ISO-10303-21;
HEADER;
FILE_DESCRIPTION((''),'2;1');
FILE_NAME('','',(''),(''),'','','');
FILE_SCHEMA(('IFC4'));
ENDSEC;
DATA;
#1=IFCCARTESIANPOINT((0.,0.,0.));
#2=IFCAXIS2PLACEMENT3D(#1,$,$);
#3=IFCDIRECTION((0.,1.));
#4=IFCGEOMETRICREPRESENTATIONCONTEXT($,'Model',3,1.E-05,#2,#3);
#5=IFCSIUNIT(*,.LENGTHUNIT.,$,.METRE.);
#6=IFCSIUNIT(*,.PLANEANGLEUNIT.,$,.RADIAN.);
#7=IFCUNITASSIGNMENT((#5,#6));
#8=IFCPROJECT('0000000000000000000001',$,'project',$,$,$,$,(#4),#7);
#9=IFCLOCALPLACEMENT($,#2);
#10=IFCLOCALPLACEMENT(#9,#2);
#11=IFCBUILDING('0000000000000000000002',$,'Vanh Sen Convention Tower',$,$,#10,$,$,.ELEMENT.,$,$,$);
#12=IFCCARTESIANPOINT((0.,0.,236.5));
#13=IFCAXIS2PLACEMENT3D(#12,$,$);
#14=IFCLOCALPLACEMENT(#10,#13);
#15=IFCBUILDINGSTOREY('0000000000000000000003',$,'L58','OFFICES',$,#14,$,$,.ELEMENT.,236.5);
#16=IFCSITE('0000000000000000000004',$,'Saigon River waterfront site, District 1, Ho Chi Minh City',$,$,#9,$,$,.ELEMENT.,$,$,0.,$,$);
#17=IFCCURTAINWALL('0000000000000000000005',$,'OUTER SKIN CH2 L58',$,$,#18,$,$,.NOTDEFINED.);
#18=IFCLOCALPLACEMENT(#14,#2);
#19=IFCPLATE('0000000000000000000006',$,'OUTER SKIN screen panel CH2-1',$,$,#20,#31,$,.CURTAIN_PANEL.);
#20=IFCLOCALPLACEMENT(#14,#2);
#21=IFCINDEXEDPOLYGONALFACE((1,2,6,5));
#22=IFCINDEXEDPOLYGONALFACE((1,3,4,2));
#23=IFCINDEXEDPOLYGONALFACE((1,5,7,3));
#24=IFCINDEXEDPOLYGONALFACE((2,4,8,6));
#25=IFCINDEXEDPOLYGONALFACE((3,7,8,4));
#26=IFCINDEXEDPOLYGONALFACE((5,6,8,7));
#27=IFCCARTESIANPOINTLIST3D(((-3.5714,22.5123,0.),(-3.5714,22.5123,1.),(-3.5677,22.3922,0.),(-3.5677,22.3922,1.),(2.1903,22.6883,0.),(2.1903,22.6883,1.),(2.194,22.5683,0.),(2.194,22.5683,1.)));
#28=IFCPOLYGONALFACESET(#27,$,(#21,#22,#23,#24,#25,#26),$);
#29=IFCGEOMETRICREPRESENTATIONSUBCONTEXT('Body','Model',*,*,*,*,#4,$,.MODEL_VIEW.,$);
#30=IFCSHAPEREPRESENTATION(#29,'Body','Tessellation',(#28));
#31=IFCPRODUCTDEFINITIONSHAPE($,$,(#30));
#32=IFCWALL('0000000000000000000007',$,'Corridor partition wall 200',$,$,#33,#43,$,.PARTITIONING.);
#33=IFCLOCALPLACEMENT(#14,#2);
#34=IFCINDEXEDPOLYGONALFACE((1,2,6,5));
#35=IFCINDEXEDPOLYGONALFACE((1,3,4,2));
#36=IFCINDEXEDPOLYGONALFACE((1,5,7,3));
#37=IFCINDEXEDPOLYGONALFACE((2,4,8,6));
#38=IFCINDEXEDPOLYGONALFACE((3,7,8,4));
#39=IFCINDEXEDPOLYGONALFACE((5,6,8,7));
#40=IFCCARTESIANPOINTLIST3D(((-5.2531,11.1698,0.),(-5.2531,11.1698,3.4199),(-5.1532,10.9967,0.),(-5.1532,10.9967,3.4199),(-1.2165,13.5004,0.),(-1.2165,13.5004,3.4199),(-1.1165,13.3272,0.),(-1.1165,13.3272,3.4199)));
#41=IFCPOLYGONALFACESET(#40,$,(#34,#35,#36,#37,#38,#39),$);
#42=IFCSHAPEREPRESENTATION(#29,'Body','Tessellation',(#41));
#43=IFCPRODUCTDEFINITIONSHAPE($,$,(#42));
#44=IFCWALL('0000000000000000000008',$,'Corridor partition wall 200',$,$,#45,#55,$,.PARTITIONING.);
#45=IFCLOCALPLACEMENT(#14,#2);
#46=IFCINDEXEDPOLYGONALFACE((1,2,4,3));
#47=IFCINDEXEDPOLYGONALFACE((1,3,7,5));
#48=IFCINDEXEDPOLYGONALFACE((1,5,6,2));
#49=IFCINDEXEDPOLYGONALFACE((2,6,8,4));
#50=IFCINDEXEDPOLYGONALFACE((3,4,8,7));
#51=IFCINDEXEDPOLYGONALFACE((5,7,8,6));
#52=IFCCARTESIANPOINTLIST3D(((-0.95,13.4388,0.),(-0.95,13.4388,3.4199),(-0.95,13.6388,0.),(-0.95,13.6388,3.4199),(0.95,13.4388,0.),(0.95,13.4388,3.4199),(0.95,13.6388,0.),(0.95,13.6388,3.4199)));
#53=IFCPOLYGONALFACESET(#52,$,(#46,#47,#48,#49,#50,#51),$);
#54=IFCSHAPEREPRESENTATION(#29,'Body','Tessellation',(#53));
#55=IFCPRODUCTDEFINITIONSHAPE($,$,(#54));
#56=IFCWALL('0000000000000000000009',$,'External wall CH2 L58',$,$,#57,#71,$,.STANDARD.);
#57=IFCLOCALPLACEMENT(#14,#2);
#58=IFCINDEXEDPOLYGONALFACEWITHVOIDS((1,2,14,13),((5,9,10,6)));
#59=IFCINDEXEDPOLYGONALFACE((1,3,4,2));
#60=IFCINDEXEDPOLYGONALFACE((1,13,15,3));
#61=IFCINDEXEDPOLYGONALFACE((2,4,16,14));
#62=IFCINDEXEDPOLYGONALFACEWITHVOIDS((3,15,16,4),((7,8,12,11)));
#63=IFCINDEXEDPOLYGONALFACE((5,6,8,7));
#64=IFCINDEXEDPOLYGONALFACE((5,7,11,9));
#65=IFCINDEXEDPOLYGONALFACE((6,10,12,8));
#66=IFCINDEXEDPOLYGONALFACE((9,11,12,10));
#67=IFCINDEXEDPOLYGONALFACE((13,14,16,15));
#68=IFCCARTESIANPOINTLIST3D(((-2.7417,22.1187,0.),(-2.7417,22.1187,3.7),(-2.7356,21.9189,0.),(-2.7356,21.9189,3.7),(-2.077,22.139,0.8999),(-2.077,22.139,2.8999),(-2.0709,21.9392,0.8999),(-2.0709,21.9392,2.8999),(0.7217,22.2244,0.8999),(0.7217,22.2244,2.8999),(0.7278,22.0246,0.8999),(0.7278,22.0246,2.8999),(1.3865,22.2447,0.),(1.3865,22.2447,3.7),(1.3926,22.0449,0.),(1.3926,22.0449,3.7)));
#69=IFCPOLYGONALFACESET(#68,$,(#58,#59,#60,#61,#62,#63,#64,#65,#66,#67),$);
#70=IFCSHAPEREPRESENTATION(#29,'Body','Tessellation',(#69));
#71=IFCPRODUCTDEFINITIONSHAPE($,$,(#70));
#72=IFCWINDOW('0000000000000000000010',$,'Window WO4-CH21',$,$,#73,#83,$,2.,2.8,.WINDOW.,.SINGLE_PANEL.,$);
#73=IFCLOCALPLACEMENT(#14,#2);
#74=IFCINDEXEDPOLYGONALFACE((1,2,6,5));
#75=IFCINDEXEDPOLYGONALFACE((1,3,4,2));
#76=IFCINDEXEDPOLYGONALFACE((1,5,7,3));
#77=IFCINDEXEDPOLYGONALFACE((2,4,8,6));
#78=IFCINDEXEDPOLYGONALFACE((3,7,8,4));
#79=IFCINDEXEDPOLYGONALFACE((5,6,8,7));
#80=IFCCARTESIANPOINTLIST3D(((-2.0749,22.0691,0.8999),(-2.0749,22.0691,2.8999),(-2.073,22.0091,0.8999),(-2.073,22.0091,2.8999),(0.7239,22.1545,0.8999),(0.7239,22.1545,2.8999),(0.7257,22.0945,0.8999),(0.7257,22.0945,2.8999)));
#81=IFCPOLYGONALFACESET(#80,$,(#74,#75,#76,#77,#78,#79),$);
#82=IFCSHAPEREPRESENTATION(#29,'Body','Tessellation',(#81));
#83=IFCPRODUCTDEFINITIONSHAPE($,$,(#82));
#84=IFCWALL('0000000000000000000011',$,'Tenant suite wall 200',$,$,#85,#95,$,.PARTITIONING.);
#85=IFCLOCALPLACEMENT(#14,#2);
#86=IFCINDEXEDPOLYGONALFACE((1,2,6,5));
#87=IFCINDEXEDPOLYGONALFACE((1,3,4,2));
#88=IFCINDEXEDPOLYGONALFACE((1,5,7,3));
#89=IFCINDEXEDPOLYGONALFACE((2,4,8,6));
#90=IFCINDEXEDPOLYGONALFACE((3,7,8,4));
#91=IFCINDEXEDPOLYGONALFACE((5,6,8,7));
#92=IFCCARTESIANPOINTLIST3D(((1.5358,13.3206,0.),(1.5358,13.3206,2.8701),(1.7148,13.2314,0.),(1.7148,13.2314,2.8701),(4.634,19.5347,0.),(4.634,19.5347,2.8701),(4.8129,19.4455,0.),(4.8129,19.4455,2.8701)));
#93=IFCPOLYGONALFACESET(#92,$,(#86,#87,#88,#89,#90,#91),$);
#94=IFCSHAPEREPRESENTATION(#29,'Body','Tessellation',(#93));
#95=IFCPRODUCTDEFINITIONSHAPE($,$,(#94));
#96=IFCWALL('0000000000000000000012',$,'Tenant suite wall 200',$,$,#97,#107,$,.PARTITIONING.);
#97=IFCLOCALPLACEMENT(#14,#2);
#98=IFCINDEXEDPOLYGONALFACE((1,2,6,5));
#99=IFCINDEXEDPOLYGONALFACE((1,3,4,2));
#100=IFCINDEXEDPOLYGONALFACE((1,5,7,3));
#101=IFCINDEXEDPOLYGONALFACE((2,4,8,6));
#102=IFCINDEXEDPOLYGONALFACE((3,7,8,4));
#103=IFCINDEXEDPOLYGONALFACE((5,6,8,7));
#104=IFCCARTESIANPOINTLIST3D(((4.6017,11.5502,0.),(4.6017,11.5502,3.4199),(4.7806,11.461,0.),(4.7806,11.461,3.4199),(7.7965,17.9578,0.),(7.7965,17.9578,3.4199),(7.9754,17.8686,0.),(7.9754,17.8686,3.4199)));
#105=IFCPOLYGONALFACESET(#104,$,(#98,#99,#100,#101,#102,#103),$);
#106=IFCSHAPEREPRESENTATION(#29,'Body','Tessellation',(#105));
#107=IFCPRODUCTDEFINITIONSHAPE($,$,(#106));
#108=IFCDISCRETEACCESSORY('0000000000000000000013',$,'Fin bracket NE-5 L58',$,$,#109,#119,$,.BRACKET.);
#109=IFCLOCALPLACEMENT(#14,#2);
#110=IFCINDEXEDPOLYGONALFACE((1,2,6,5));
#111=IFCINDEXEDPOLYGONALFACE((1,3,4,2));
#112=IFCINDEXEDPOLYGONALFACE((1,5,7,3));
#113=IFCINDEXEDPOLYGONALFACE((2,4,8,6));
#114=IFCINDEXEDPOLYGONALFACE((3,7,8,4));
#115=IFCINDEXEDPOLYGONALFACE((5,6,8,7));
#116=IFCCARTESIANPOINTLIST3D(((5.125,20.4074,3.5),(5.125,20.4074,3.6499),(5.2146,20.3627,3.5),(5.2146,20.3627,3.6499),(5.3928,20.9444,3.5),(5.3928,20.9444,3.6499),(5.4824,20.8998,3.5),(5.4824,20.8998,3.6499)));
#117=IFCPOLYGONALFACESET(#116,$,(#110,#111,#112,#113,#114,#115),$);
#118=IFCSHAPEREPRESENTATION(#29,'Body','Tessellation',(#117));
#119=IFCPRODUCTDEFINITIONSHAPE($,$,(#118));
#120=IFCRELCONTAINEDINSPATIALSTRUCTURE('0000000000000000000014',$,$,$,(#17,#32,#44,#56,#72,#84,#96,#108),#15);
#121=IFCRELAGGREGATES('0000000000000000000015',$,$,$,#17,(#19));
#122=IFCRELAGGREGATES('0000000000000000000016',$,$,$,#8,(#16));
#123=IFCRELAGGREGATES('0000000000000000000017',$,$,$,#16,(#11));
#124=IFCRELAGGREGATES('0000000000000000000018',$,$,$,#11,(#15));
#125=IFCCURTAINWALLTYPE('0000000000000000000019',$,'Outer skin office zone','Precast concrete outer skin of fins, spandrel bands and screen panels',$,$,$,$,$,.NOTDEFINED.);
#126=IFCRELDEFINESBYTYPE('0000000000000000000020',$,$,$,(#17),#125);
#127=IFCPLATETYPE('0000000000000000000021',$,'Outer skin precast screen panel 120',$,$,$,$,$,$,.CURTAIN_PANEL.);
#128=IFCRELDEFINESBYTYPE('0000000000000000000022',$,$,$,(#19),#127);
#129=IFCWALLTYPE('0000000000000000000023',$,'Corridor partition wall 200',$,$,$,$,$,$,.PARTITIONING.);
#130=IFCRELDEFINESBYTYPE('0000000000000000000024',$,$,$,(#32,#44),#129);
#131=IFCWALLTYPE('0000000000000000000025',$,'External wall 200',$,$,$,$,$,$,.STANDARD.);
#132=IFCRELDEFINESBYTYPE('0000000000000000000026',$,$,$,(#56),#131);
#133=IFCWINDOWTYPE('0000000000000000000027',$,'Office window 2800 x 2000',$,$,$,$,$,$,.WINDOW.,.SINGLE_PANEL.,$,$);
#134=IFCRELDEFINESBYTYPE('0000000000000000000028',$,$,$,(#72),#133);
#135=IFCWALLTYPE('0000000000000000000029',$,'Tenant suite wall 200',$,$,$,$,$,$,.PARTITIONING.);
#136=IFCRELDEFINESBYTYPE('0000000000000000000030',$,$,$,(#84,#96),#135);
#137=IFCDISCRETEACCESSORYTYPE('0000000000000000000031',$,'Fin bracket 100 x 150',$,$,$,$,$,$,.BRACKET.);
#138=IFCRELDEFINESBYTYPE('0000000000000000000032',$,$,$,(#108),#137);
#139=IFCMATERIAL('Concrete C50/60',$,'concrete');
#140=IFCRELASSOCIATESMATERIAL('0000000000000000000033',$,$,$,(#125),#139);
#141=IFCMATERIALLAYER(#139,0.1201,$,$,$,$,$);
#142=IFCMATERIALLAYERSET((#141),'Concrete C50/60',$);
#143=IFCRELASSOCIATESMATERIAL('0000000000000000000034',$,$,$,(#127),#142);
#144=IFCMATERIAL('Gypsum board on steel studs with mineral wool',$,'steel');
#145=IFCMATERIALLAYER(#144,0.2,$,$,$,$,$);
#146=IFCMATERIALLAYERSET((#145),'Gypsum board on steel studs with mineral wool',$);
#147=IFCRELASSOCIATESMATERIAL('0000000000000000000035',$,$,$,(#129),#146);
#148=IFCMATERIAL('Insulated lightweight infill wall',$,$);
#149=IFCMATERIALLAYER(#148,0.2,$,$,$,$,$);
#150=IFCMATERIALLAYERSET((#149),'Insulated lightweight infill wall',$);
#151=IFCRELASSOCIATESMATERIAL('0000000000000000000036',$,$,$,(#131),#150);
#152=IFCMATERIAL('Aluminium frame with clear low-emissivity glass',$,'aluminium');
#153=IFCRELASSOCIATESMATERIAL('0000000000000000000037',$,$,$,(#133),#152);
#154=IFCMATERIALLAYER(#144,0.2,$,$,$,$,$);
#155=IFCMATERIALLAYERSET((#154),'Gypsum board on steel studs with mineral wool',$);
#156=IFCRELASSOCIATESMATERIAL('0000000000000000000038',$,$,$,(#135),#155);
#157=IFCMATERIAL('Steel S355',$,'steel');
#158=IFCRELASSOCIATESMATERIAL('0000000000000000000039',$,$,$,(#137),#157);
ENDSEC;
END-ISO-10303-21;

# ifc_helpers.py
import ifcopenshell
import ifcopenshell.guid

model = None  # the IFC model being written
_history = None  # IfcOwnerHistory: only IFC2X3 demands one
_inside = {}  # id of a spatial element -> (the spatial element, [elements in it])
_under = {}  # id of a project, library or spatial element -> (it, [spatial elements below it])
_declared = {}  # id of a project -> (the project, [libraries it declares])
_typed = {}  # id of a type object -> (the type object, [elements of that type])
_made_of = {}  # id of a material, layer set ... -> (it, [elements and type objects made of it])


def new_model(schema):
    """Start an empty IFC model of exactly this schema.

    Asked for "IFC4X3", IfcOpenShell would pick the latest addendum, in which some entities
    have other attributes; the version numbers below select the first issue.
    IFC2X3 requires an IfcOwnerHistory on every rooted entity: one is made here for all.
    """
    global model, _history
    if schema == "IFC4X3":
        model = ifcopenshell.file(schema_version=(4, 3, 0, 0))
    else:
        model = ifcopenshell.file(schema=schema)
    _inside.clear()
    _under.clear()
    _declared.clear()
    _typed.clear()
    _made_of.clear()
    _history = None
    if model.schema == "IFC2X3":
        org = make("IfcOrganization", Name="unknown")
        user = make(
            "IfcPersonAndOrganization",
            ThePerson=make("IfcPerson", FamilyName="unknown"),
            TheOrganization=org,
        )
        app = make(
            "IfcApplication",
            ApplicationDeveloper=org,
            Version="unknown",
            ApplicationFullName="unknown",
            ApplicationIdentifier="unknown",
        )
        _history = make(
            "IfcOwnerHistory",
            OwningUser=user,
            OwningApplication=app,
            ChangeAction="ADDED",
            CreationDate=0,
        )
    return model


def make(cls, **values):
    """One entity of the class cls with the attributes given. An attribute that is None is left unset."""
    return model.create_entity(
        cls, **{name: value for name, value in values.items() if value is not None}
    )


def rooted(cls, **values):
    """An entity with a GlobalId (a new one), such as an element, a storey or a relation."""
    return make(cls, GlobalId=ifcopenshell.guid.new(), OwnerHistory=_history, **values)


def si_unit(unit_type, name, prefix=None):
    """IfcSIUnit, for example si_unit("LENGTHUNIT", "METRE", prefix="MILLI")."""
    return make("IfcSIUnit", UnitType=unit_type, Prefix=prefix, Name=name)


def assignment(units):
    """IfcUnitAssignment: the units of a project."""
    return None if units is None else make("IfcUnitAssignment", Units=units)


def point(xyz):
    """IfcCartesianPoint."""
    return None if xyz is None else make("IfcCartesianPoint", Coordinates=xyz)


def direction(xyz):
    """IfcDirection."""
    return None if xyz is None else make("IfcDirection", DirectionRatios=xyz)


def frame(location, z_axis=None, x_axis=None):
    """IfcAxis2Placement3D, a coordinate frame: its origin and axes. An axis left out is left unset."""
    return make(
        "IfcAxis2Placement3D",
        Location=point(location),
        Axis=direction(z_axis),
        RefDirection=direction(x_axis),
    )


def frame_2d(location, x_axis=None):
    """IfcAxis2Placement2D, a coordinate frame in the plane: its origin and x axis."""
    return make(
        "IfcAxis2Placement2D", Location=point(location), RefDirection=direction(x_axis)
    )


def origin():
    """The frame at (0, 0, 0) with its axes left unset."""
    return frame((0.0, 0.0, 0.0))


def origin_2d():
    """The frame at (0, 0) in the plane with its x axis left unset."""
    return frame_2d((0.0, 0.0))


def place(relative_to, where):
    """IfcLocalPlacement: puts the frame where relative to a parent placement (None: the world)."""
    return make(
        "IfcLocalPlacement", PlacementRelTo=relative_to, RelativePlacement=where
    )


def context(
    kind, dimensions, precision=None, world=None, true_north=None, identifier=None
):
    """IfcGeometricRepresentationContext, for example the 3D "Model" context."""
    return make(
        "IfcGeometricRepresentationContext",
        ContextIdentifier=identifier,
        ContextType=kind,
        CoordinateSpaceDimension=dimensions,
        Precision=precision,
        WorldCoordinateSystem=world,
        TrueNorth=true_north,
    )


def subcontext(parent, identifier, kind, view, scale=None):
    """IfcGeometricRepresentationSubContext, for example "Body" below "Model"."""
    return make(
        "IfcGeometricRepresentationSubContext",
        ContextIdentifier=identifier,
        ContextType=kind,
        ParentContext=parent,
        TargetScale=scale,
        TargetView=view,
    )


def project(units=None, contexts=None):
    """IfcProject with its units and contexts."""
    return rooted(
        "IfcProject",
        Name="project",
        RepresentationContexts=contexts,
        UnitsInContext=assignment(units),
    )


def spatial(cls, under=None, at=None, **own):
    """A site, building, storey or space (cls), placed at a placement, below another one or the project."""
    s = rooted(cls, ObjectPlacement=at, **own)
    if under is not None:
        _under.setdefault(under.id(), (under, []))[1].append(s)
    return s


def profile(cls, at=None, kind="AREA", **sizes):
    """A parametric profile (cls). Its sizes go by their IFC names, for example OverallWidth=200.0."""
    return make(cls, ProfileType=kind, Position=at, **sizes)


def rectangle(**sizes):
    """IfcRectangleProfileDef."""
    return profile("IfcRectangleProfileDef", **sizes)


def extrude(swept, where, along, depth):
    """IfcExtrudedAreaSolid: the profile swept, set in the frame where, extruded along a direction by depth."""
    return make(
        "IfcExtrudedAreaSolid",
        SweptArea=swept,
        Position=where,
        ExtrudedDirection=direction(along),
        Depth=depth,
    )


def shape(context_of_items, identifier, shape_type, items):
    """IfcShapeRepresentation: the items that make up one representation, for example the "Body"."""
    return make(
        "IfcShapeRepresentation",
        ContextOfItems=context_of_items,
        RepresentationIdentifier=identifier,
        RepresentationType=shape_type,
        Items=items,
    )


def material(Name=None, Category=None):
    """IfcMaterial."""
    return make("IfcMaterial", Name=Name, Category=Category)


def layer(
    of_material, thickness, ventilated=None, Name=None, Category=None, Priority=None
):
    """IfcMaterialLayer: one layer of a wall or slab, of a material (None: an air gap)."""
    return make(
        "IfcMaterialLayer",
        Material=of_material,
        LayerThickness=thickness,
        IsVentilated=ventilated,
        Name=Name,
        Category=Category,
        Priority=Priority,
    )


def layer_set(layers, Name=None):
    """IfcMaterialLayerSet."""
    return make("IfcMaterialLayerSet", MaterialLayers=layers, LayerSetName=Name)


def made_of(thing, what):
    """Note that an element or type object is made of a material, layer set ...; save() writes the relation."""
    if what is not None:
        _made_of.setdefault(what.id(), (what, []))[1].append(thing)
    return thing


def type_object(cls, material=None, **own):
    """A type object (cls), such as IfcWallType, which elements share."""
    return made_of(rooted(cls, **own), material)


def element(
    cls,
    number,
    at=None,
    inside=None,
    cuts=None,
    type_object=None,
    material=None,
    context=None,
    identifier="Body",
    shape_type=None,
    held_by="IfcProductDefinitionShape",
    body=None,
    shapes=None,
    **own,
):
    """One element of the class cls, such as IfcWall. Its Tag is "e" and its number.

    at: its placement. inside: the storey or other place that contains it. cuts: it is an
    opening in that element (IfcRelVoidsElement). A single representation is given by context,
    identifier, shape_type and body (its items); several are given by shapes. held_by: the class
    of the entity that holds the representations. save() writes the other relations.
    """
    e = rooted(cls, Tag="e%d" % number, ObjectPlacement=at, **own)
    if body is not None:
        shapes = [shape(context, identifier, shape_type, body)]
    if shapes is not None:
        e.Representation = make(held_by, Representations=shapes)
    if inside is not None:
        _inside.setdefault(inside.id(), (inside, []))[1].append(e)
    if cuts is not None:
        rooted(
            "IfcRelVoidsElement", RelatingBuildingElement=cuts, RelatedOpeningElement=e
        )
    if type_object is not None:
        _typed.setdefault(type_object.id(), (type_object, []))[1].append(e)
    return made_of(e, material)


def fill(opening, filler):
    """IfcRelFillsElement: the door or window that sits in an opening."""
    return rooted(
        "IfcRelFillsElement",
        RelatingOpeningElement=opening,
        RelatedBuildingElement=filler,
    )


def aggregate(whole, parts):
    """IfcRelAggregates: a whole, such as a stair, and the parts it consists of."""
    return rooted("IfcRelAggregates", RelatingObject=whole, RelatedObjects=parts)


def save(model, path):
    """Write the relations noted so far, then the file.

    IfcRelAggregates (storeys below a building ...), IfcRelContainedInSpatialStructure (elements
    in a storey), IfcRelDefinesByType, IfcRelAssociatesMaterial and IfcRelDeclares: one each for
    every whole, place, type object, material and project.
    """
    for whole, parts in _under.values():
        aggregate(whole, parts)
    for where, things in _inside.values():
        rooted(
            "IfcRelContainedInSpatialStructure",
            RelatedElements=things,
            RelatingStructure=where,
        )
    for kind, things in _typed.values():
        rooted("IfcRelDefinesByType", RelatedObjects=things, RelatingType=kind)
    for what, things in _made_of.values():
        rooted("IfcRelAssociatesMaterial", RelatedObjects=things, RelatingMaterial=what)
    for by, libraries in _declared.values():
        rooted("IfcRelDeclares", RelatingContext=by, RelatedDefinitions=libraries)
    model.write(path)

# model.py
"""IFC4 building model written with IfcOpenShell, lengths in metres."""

from ifc_helpers import new_model, si_unit, direction, frame, frame_2d, origin, origin_2d, place, context, subcontext, project, spatial, rectangle, extrude, material, layer, layer_set, type_object, element, fill, aggregate, save


model = new_model("IFC4")

# Units and contexts
model_context = context("Model", 3, precision=1e-05, world=origin(), true_north=direction((0.0, 1.0)))
body_context = subcontext(model_context, "Body", "Model", "MODEL_VIEW")
ifc_project = project(units=[si_unit("LENGTHUNIT", "METRE"), si_unit("PLANEANGLEUNIT", "RADIAN")], contexts=[model_context])

# Site, building, storey
site_placement = place(None, origin())
site = spatial("IfcSite", under=ifc_project, at=site_placement, Name="Saigon River waterfront site, District 1, Ho Chi Minh City", CompositionType="ELEMENT", RefElevation=0.0)
building_placement = place(site_placement, origin())
building = spatial("IfcBuilding", under=site, at=building_placement, Name="Vanh Sen Convention Tower", CompositionType="ELEMENT")
storey_placement = place(building_placement, frame((0.0, 0.0, 236.5)))
storey = spatial("IfcBuildingStorey", under=building, at=storey_placement, Name="L58", Description="OFFICES", CompositionType="ELEMENT", Elevation=236.5)

# Shared definitions
ifc_material_1 = material(Name="Concrete C50/60", Category="concrete")
curtain_wall_type = type_object("IfcCurtainWallType", Name="Outer skin office zone", Description="Precast concrete outer skin of fins, spandrel bands and screen panels", PredefinedType="NOTDEFINED", material=ifc_material_1)

# Curtain wall
curtain_wall_1_placement = place(storey_placement, origin())
curtain_wall_1 = element("IfcCurtainWall", 1, at=curtain_wall_1_placement, inside=storey, type_object=curtain_wall_type, Name="OUTER SKIN CH2 L58", PredefinedType="NOTDEFINED")

# Plate
ifc_layer_1 = layer(ifc_material_1, 0.1201)
ifc_layer_set_1 = layer_set([ifc_layer_1], Name="Concrete C50/60")
plate_type = type_object("IfcPlateType", Name="Outer skin precast screen panel 120", PredefinedType="CURTAIN_PANEL", material=ifc_layer_set_1)
plate_1_placement = place(storey_placement, frame((-0.6887, 22.5403, 0.0), z_axis=(0.0, 0.0, 1.0), x_axis=(-0.999533, -0.030544, 0.0)))
plate_1 = element("IfcPlate", 2, at=plate_1_placement, type_object=plate_type, Name="OUTER SKIN screen panel CH2-1", PredefinedType="CURTAIN_PANEL", context=body_context, shape_type="SweptSolid", body=[
    extrude(rectangle(XDim=5.7644, YDim=0.1201, at=origin_2d()), origin(), (0.0, 0.0, 1.0), 1.0),
])
aggregate(curtain_wall_1, [plate_1])

# Walls
ifc_material_2 = material(Name="Gypsum board on steel studs with mineral wool", Category="steel")
ifc_layer_2 = layer(ifc_material_2, 0.2)
ifc_layer_set_2 = layer_set([ifc_layer_2], Name="Gypsum board on steel studs with mineral wool")
wall_type_1 = type_object("IfcWallType", Name="Corridor partition wall 200", PredefinedType="PARTITIONING", material=ifc_layer_set_2)
wall_1_placement = place(storey_placement, frame((-1.1665, 13.4138, 0.0), z_axis=(0.0, 0.0, 1.0), x_axis=(-0.866023, -0.500004, 0.0)))
element("IfcWall", 3, at=wall_1_placement, inside=storey, type_object=wall_type_1, Name="Corridor partition wall 200", PredefinedType="PARTITIONING", context=body_context, shape_type="SweptSolid", body=[
    extrude(rectangle(XDim=4.6611, YDim=0.2, at=frame_2d((2.3306, 0.0))), origin(), (0.0, 0.0, 1.0), 3.4199),
])
wall_2_placement = place(storey_placement, frame((0.95, 13.5388, 0.0), z_axis=(0.0, 0.0, 1.0), x_axis=(-1.0, 0.0, 0.0)))
element("IfcWall", 4, at=wall_2_placement, inside=storey, type_object=wall_type_1, Name="Corridor partition wall 200", PredefinedType="PARTITIONING", context=body_context, shape_type="SweptSolid", body=[
    extrude(rectangle(XDim=1.8999, YDim=0.2, at=frame_2d((0.95, 0.0))), origin(), (0.0, 0.0, 1.0), 3.4199),
])

# Wall, opening, window
ifc_material_3 = material(Name="Insulated lightweight infill wall")
ifc_layer_3 = layer(ifc_material_3, 0.2)
ifc_layer_set_3 = layer_set([ifc_layer_3], Name="Insulated lightweight infill wall")
wall_type_2 = type_object("IfcWallType", Name="External wall 200", PredefinedType="STANDARD", material=ifc_layer_set_3)
wall_3_placement = place(storey_placement, frame((1.3894, 22.1448, 0.0), z_axis=(0.0, 0.0, 1.0), x_axis=(-0.999535, -0.030502, 0.0)))
wall_3 = element("IfcWall", 5, at=wall_3_placement, inside=storey, type_object=wall_type_2, Name="External wall CH2 L58", PredefinedType="STANDARD", context=body_context, shape_type="SweptSolid", body=[
    extrude(rectangle(XDim=4.1301, YDim=0.2, at=frame_2d((2.0649, 0.0))), origin(), (0.0, 0.0, 1.0), 3.7),
])
opening_placement = place(wall_3_placement, frame((0.665, 0.0, 0.8999)))
opening = element("IfcOpeningElement", 6, at=opening_placement, cuts=wall_3, PredefinedType="OPENING", context=body_context, shape_type="SweptSolid", body=[
    extrude(rectangle(XDim=2.8, YDim=2.0, at=frame_2d((1.3999, 1.0))), frame((0.0, 0.1099, 0.0), z_axis=(0.0, -1.0, 0.0), x_axis=(1.0, 0.0, 0.0)), (0.0, 0.0, 1.0), 0.22),
])
ifc_material_4 = material(Name="Aluminium frame with clear low-emissivity glass", Category="aluminium")
window_type = type_object("IfcWindowType", Name="Office window 2800 x 2000", PartitioningType="SINGLE_PANEL", PredefinedType="WINDOW", material=ifc_material_4)
window_placement = place(opening_placement, origin())
window = element("IfcWindow", 7, at=window_placement, inside=storey, type_object=window_type, Name="Window WO4-CH21", OverallHeight=2.0, OverallWidth=2.8, PartitioningType="SINGLE_PANEL", PredefinedType="WINDOW", context=body_context, shape_type="SweptSolid", body=[
    extrude(rectangle(XDim=2.8, YDim=2.0, at=frame_2d((1.3999, 1.0))), frame((0.0, 0.03, 0.0), z_axis=(0.0, -1.0, 0.0), x_axis=(1.0, 0.0, 0.0)), (0.0, 0.0, 1.0), 0.0601),
])
fill(opening, window)

# Walls
ifc_layer_4 = layer(ifc_material_2, 0.2)
ifc_layer_set_4 = layer_set([ifc_layer_4], Name="Gypsum board on steel studs with mineral wool")
wall_type_3 = type_object("IfcWallType", Name="Tenant suite wall 200", PredefinedType="PARTITIONING", material=ifc_layer_set_4)
wall_4_placement = place(storey_placement, frame((4.7234, 19.49, 0.0), z_axis=(0.0, 0.0, 1.0), x_axis=(-0.446187, -0.89494, 0.0)))
element("IfcWall", 8, at=wall_4_placement, inside=storey, type_object=wall_type_3, Name="Tenant suite wall 200", PredefinedType="PARTITIONING", context=body_context, shape_type="SweptSolid", body=[
    extrude(rectangle(XDim=6.9436, YDim=0.2, at=frame_2d((3.4717, 0.0))), origin(), (0.0, 0.0, 1.0), 2.8701),
])
wall_5_placement = place(storey_placement, frame((7.886, 17.9133, 0.0), z_axis=(0.0, 0.0, 1.0), x_axis=(-0.446204, -0.894931, 0.0)))
element("IfcWall", 9, at=wall_5_placement, inside=storey, type_object=wall_type_3, Name="Tenant suite wall 200", PredefinedType="PARTITIONING", context=body_context, shape_type="SweptSolid", body=[
    extrude(rectangle(XDim=7.1599, YDim=0.2, at=frame_2d((3.5801, 0.0))), origin(), (0.0, 0.0, 1.0), 3.4199),
])

# Discrete accessory
ifc_material_5 = material(Name="Steel S355", Category="steel")
discrete_accessory_type = type_object("IfcDiscreteAccessoryType", Name="Fin bracket 100 x 150", PredefinedType="BRACKET", material=ifc_material_5)
discrete_accessory_placement = place(storey_placement, frame((5.3037, 20.6536, 3.5), z_axis=(0.0, 0.0, 1.0), x_axis=(0.446198, 0.894934, 0.0)))
element("IfcDiscreteAccessory", 10, at=discrete_accessory_placement, inside=storey, type_object=discrete_accessory_type, Name="Fin bracket NE-5 L58", PredefinedType="BRACKET", context=body_context, shape_type="SweptSolid", body=[
    extrude(rectangle(XDim=0.6001, YDim=0.1001, at=origin_2d()), origin(), (0.0, 0.0, 1.0), 0.1499),
])

save(model, "model.ifc")
